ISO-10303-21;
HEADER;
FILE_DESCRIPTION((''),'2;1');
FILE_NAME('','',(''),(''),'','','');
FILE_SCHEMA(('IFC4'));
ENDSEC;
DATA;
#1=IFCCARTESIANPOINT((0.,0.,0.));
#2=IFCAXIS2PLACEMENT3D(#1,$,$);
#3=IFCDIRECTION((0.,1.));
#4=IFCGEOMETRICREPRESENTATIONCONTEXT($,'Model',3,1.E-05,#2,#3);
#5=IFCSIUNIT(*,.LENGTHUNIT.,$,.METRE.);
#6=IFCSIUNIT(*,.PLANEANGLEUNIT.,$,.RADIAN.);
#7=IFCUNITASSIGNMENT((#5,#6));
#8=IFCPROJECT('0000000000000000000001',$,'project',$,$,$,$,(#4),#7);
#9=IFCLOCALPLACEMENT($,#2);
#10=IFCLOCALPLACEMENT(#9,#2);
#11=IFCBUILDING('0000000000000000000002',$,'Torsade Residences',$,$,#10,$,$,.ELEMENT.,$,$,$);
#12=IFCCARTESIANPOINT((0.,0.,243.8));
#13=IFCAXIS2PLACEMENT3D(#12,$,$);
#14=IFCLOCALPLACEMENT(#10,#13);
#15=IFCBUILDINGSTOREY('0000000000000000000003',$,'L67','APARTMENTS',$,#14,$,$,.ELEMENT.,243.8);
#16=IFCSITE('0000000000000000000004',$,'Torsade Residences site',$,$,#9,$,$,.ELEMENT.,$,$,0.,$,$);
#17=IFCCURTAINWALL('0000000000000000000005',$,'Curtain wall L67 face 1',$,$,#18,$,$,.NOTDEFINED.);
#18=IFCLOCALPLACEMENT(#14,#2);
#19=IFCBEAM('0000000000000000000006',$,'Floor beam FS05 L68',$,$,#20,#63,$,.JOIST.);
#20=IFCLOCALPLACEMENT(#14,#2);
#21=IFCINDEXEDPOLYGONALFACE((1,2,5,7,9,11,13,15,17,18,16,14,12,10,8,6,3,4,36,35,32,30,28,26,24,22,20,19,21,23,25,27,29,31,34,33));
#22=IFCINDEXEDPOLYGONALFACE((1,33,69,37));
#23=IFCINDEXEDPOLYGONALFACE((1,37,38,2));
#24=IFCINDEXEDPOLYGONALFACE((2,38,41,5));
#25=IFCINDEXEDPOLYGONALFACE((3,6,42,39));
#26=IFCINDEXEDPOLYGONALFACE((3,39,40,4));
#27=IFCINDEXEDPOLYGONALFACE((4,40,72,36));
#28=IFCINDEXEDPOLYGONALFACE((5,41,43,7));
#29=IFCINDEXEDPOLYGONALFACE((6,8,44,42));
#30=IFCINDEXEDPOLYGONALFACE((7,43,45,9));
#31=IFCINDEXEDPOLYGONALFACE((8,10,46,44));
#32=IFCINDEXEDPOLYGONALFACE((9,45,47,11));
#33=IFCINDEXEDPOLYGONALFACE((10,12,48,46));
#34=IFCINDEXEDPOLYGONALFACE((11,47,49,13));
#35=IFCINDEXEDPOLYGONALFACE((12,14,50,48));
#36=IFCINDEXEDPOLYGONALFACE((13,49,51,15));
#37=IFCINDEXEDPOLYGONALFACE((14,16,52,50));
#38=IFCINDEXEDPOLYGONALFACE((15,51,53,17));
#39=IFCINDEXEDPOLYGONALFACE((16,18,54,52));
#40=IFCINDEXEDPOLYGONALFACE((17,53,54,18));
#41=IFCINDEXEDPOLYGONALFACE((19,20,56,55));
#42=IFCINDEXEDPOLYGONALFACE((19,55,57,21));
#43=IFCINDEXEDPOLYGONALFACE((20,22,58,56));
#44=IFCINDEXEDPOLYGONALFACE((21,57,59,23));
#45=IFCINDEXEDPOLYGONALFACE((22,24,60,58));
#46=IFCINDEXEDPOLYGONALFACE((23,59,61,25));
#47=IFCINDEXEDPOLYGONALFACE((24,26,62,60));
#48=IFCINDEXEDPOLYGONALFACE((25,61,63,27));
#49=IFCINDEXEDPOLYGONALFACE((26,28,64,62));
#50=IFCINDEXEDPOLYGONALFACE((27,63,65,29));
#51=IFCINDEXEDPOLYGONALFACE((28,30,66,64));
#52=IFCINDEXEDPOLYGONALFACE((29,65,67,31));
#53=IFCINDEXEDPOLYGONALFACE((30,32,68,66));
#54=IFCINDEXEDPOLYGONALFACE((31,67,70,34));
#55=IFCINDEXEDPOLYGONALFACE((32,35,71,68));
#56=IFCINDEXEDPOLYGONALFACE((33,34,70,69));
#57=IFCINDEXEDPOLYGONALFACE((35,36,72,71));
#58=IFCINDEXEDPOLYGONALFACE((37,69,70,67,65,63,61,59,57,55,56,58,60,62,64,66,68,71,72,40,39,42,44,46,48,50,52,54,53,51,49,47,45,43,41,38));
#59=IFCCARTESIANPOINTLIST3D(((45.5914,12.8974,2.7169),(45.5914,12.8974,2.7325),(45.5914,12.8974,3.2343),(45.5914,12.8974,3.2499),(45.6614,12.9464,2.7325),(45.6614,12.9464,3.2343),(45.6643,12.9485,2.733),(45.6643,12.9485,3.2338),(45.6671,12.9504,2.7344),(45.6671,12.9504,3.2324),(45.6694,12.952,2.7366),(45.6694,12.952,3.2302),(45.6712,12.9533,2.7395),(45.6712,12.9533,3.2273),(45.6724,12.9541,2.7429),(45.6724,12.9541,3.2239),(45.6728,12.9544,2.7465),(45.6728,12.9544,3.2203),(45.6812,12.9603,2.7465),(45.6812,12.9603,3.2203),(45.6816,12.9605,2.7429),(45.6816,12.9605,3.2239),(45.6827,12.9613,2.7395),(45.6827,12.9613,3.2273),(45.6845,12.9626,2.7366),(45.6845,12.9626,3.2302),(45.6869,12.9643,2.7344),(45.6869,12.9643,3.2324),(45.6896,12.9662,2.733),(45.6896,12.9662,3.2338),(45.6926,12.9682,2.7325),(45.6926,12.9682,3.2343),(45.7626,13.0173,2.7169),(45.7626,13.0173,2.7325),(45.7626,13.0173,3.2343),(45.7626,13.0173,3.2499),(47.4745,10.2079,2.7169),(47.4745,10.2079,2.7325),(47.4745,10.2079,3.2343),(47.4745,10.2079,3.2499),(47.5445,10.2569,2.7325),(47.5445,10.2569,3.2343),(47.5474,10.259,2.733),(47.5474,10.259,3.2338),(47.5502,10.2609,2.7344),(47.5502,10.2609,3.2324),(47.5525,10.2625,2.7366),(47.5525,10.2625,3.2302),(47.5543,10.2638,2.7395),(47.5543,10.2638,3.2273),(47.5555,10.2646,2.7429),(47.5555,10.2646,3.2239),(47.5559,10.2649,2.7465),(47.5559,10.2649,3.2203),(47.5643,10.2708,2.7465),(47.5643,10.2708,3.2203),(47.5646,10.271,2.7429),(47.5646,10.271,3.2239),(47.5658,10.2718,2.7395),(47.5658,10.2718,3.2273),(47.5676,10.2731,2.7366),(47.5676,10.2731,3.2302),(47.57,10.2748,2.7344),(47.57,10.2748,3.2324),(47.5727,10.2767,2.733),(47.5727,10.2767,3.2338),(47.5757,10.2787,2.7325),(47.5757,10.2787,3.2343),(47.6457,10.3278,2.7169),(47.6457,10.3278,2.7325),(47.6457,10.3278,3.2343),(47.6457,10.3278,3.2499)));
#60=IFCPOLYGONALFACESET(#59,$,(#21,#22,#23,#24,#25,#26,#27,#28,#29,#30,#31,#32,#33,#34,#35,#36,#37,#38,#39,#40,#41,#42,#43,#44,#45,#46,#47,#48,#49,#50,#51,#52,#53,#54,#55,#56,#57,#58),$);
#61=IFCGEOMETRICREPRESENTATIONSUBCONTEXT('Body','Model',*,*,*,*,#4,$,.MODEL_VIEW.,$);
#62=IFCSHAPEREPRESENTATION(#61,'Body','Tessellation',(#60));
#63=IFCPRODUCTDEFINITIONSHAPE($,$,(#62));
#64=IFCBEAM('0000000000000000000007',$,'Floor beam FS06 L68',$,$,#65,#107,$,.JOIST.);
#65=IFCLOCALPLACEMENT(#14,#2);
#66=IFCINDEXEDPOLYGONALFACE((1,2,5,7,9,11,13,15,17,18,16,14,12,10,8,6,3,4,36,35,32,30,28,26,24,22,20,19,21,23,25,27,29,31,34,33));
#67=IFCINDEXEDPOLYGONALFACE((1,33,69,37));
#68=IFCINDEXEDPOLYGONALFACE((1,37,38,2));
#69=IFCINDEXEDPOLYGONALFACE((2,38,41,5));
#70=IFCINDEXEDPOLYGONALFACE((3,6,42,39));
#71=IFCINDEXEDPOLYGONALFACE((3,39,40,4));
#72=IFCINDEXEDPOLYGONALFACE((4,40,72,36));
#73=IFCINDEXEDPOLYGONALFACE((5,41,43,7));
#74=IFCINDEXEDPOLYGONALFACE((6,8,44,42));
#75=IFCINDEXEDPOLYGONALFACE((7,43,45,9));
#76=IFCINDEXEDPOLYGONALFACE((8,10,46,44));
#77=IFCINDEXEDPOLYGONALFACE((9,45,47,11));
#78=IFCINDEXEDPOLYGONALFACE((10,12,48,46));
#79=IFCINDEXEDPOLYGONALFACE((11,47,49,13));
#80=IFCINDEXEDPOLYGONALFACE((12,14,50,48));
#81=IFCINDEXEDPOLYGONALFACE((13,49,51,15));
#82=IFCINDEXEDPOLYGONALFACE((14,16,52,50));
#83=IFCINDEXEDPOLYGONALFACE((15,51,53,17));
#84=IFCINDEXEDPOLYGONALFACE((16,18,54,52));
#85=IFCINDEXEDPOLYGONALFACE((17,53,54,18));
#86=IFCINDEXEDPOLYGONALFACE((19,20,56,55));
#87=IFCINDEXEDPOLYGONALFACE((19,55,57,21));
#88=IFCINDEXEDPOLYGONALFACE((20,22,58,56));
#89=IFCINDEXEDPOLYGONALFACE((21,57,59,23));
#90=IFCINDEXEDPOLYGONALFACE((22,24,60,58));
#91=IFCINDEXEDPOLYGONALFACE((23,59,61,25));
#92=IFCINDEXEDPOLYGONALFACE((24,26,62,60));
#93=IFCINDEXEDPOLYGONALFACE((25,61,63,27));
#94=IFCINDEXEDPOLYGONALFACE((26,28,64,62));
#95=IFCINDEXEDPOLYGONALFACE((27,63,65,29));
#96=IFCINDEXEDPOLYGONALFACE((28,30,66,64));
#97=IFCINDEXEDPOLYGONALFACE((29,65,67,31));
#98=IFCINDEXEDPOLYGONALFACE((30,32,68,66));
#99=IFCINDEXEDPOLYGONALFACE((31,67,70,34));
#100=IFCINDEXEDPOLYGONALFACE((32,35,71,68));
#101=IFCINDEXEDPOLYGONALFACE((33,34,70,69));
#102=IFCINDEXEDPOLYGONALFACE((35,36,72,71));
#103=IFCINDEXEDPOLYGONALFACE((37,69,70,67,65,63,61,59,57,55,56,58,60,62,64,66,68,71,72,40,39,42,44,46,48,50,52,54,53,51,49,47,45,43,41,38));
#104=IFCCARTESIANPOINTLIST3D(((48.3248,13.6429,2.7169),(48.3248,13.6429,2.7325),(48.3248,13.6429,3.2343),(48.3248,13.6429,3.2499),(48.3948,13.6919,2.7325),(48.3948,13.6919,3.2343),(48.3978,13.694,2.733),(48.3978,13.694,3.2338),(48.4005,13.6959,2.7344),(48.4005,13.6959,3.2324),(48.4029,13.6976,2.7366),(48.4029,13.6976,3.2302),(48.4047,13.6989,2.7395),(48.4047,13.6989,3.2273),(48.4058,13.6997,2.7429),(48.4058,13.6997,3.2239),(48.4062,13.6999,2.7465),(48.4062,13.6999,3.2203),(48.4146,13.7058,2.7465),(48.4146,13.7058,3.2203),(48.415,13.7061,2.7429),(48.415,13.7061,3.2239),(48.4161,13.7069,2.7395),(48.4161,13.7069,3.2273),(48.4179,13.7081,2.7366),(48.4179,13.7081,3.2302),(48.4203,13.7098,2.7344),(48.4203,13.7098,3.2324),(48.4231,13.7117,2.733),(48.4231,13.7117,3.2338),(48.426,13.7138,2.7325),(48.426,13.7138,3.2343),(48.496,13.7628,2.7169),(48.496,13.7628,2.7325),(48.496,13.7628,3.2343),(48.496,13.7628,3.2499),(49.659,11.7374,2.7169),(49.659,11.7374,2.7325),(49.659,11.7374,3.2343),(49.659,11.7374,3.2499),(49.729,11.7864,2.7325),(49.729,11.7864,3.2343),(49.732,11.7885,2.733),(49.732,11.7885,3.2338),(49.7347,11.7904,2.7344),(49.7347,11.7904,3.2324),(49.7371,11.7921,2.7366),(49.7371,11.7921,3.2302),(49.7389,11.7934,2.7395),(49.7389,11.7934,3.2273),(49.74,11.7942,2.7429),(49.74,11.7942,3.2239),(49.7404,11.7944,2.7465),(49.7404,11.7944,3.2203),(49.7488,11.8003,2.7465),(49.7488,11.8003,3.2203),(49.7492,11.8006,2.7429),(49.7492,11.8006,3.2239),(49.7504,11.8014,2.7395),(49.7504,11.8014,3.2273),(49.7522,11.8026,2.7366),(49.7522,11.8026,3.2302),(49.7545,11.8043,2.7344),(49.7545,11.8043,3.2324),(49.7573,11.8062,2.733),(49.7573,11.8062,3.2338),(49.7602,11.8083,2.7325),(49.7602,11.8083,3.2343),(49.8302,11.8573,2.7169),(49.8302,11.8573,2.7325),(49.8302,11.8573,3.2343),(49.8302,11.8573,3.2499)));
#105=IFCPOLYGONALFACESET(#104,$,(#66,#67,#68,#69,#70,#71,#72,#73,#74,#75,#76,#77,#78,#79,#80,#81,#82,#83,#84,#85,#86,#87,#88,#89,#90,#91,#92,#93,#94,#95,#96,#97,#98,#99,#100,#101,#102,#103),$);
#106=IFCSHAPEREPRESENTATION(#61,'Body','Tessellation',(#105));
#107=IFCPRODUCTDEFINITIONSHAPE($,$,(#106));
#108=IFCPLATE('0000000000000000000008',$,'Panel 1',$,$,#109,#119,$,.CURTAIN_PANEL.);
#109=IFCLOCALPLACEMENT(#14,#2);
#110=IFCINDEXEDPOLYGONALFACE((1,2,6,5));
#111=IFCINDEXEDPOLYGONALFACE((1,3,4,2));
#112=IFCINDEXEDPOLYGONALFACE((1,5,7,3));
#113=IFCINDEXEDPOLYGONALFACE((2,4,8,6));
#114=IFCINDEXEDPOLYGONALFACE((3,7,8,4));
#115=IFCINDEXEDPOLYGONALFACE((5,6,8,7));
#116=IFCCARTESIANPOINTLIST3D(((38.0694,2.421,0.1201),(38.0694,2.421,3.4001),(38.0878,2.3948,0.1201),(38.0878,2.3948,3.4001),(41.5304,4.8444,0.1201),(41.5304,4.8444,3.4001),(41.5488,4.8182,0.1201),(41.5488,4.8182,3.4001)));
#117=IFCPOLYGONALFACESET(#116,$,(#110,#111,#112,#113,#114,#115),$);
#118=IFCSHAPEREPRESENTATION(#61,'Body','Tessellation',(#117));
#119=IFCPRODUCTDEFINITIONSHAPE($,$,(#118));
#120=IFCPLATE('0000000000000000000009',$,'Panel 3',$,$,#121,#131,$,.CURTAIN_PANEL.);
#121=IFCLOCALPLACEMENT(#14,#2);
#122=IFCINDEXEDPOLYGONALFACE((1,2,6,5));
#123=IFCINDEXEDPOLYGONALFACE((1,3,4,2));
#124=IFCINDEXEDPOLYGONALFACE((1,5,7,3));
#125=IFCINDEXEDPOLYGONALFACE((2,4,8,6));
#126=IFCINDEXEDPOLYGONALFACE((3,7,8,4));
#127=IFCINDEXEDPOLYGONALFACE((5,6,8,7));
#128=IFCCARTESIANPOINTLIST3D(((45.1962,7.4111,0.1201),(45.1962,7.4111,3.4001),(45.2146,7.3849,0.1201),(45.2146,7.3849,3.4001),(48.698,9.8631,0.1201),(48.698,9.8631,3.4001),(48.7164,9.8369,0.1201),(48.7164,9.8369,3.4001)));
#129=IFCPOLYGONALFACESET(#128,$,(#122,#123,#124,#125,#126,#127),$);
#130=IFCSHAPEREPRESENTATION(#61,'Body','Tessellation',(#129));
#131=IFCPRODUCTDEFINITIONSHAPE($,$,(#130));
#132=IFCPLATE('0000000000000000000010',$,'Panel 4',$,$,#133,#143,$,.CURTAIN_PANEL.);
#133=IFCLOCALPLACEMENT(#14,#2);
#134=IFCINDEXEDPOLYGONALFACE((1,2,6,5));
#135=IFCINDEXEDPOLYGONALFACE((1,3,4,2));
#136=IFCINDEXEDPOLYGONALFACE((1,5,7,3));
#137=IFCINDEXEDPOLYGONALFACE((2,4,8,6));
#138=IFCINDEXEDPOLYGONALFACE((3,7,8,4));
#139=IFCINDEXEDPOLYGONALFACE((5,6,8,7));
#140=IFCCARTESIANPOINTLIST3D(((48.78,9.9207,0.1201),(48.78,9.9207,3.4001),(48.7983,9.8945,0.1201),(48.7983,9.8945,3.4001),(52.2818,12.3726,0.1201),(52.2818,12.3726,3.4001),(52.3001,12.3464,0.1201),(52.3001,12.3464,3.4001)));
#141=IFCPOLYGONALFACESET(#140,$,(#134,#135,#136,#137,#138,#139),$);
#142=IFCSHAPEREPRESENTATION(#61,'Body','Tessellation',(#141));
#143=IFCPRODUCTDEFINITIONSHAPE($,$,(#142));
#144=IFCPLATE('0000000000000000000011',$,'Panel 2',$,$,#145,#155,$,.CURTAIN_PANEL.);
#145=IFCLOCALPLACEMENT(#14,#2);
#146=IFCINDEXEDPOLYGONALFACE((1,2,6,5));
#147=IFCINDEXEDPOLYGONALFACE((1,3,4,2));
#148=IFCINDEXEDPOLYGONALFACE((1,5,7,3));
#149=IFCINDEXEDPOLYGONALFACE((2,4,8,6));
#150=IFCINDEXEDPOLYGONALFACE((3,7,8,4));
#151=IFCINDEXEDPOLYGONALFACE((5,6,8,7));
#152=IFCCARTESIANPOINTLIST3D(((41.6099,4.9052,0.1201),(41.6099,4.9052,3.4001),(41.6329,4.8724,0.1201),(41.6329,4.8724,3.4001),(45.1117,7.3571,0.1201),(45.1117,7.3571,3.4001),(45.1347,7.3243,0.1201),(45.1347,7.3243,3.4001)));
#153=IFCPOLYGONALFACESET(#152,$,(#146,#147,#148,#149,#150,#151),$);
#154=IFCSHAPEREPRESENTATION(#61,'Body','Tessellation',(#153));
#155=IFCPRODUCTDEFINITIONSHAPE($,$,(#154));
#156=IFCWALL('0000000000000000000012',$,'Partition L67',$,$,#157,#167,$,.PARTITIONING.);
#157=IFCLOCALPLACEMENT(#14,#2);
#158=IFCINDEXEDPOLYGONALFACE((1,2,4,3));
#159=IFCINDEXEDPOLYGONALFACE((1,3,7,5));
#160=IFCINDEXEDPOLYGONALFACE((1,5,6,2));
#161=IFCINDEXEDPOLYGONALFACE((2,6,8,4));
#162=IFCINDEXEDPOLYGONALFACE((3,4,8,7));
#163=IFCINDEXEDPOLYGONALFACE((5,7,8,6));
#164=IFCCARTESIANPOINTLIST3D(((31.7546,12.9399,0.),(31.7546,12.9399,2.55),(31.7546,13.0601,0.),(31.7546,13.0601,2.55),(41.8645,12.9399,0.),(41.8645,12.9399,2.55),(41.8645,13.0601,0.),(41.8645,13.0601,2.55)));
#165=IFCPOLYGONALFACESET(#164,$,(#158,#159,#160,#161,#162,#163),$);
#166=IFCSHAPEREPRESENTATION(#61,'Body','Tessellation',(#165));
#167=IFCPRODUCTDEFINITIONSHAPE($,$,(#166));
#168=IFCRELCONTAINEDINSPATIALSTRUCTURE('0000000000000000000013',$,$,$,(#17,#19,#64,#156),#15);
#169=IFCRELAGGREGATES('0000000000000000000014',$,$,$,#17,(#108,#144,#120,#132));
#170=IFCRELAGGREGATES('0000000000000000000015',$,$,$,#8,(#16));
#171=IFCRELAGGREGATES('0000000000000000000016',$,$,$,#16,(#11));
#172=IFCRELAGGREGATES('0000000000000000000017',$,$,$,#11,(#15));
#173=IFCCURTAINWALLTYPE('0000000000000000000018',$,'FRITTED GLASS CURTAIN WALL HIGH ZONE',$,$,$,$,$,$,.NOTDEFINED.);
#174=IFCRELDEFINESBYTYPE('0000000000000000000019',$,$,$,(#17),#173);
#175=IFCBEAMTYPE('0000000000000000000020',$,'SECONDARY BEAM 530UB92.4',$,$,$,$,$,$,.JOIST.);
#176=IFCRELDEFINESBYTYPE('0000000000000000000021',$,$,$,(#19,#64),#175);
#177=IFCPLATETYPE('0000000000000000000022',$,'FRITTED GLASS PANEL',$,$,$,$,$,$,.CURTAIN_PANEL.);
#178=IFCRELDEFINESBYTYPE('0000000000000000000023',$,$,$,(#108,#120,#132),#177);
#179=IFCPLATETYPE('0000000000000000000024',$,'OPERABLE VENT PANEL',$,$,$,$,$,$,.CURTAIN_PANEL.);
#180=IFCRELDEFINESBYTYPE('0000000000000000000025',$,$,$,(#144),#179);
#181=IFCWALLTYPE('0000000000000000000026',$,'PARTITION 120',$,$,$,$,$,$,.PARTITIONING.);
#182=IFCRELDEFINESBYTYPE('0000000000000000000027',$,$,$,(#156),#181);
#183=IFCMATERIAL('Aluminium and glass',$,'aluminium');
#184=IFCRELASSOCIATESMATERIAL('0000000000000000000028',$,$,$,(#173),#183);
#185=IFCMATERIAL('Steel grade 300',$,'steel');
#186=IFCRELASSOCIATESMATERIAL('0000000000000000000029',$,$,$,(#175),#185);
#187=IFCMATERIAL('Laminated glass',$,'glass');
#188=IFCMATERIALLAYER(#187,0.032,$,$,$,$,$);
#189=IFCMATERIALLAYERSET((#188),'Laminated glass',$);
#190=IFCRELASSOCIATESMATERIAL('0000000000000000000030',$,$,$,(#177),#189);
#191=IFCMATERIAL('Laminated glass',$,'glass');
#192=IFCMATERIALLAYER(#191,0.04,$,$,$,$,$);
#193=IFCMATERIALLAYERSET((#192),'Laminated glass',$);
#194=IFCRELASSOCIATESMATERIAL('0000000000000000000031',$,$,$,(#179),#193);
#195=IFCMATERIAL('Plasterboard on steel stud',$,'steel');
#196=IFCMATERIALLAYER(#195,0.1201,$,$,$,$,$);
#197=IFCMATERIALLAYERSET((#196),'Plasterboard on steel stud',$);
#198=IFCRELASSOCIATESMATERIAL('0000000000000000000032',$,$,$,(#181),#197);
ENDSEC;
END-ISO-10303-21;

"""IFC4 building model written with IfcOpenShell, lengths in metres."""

from ifc_helpers import new_model, si_unit, direction, frame, frame_2d, origin, origin_2d, place, context, subcontext, project, spatial, rectangle, i_section, extrude, material, layer, layer_set, material_profile, profile_set, type_object, element, aggregate, save


model = new_model("IFC4")

# Units and contexts
model_context = context("Model", 3, precision=1e-05, world=origin(), true_north=direction((0.0, 1.0)))
body_context = subcontext(model_context, "Body", "Model", "MODEL_VIEW")
ifc_project = project(units=[si_unit("LENGTHUNIT", "METRE"), si_unit("PLANEANGLEUNIT", "RADIAN")], contexts=[model_context])

# Site, building, storey
site_placement = place(None, origin())
site = spatial("IfcSite", under=ifc_project, at=site_placement, Name="Torsade Residences site", CompositionType="ELEMENT", RefElevation=0.0)
building_placement = place(site_placement, origin())
building = spatial("IfcBuilding", under=site, at=building_placement, Name="Torsade Residences", CompositionType="ELEMENT")
storey_placement = place(building_placement, frame((0.0, 0.0, 243.8)))
storey = spatial("IfcBuildingStorey", under=building, at=storey_placement, Name="L67", Description="APARTMENTS", CompositionType="ELEMENT", Elevation=243.8)

# Curtain wall
ifc_material_1 = material(Name="Aluminium and glass", Category="aluminium")
curtain_wall_type = type_object("IfcCurtainWallType", Name="FRITTED GLASS CURTAIN WALL HIGH ZONE", PredefinedType="NOTDEFINED", material=ifc_material_1)
curtain_wall_placement = place(storey_placement, origin())
curtain_wall = element("IfcCurtainWall", 1, at=curtain_wall_placement, inside=storey, type_object=curtain_wall_type, Name="Curtain wall L67 face 1", PredefinedType="NOTDEFINED")

# Beams
ifc_material_2 = material(Name="Steel grade 300", Category="steel")
ifc_material_profile_1 = material_profile(ifc_material_2, i_section(OverallWidth=0.209, OverallDepth=0.533, WebThickness=0.0103, FlangeThickness=0.0156, FilletRadius=0.0139, at=origin_2d()), Name="530UB92.4")
ifc_profile_set_1 = profile_set([ifc_material_profile_1], Name="Steel grade 300")
beam_type_1 = type_object("IfcBeamType", Name="SECONDARY BEAM 530UB92.4", PredefinedType="JOIST", material=ifc_profile_set_1)
beam_1_placement = place(storey_placement, frame((47.5601, 10.2678, 2.9834), z_axis=(-0.573552, 0.819169, 0.0), x_axis=(-0.819169, -0.573552, 0.0)))
element("IfcBeam", 2, at=beam_1_placement, inside=storey, type_object=beam_type_1, Name="Floor beam FS05 L68", PredefinedType="JOIST", context=body_context, shape_type="SweptSolid", body=[
    extrude(i_section(OverallWidth=0.209, OverallDepth=0.533, WebThickness=0.0103, FlangeThickness=0.0156, FilletRadius=0.0139, at=origin_2d()), origin(), (0.0, 0.0, 1.0), 3.2832),
])
beam_2_placement = place(storey_placement, frame((49.7446, 11.7974, 2.9834), z_axis=(-0.573568, 0.819158, 0.0), x_axis=(-0.819158, -0.573568, 0.0)))
element("IfcBeam", 3, at=beam_2_placement, inside=storey, type_object=beam_type_1, Name="Floor beam FS06 L68", PredefinedType="JOIST", context=body_context, shape_type="SweptSolid", body=[
    extrude(i_section(OverallWidth=0.209, OverallDepth=0.533, WebThickness=0.0103, FlangeThickness=0.0156, FilletRadius=0.0139, at=origin_2d()), origin(), (0.0, 0.0, 1.0), 2.3262),
])

# Plates
ifc_material_3 = material(Name="Laminated glass", Category="glass")
ifc_layer_1 = layer(ifc_material_3, 0.032)
ifc_layer_set_1 = layer_set([ifc_layer_1], Name="Laminated glass")
plate_type_1 = type_object("IfcPlateType", Name="FRITTED GLASS PANEL", PredefinedType="CURTAIN_PANEL", material=ifc_layer_set_1)
plate_1_placement = place(storey_placement, frame((39.8091, 3.6196, 0.1201), z_axis=(0.0, 0.0, 1.0), x_axis=(0.819152, 0.573576, 0.0)))
plate_1 = element("IfcPlate", 4, at=plate_1_placement, type_object=plate_type_1, Name="Panel 1", PredefinedType="CURTAIN_PANEL", context=body_context, shape_type="SweptSolid", body=[
    extrude(rectangle(XDim=4.2251, YDim=0.032, at=origin_2d()), origin(), (0.0, 0.0, 1.0), 3.28),
])
plate_2_placement = place(storey_placement, frame((46.9563, 8.624, 0.1201), z_axis=(0.0, 0.0, 1.0), x_axis=(0.819152, 0.573576, 0.0)))
plate_2 = element("IfcPlate", 5, at=plate_2_placement, type_object=plate_type_1, Name="Panel 3", PredefinedType="CURTAIN_PANEL", context=body_context, shape_type="SweptSolid", body=[
    extrude(rectangle(XDim=4.2749, YDim=0.032, at=origin_2d()), origin(), (0.0, 0.0, 1.0), 3.28),
])
plate_3_placement = place(storey_placement, frame((50.54, 11.1335, 0.1201), z_axis=(0.0, 0.0, 1.0), x_axis=(0.819152, 0.573576, 0.0)))
plate_3 = element("IfcPlate", 6, at=plate_3_placement, type_object=plate_type_1, Name="Panel 4", PredefinedType="CURTAIN_PANEL", context=body_context, shape_type="SweptSolid", body=[
    extrude(rectangle(XDim=4.2749, YDim=0.032, at=origin_2d()), origin(), (0.0, 0.0, 1.0), 3.28),
])
ifc_material_4 = material(Name="Laminated glass", Category="glass")
ifc_layer_2 = layer(ifc_material_4, 0.04)
ifc_layer_set_2 = layer_set([ifc_layer_2], Name="Laminated glass")
plate_type_2 = type_object("IfcPlateType", Name="OPERABLE VENT PANEL", PredefinedType="CURTAIN_PANEL", material=ifc_layer_set_2)
plate_4_placement = place(storey_placement, frame((43.3723, 6.1147, 0.1201), z_axis=(0.0, 0.0, 1.0), x_axis=(0.819152, 0.573576, 0.0)))
plate_4 = element("IfcPlate", 7, at=plate_4_placement, type_object=plate_type_2, Name="Panel 2", PredefinedType="CURTAIN_PANEL", context=body_context, shape_type="SweptSolid", body=[
    extrude(rectangle(XDim=4.2749, YDim=0.04, at=origin_2d()), origin(), (0.0, 0.0, 1.0), 3.28),
])
aggregate(curtain_wall, [plate_1, plate_4, plate_2, plate_3])

# Wall
ifc_material_5 = material(Name="Plasterboard on steel stud", Category="steel")
ifc_layer_3 = layer(ifc_material_5, 0.1201)
ifc_layer_set_3 = layer_set([ifc_layer_3], Name="Plasterboard on steel stud")
wall_type_1 = type_object("IfcWallType", Name="PARTITION 120", PredefinedType="PARTITIONING", material=ifc_layer_set_3)
wall_1_placement = place(storey_placement, frame((41.8645, 13.0, 0.0), z_axis=(0.0, 0.0, 1.0), x_axis=(-1.0, 0.0, 0.0)))
element("IfcWall", 8, at=wall_1_placement, inside=storey, type_object=wall_type_1, Name="Partition L67", PredefinedType="PARTITIONING", context=body_context, shape_type="SweptSolid", body=[
    extrude(rectangle(XDim=10.1099, YDim=0.1201, at=frame_2d((5.0549, 0.0))), origin(), (0.0, 0.0, 1.0), 2.55),
])

save(model, "model.ifc")
